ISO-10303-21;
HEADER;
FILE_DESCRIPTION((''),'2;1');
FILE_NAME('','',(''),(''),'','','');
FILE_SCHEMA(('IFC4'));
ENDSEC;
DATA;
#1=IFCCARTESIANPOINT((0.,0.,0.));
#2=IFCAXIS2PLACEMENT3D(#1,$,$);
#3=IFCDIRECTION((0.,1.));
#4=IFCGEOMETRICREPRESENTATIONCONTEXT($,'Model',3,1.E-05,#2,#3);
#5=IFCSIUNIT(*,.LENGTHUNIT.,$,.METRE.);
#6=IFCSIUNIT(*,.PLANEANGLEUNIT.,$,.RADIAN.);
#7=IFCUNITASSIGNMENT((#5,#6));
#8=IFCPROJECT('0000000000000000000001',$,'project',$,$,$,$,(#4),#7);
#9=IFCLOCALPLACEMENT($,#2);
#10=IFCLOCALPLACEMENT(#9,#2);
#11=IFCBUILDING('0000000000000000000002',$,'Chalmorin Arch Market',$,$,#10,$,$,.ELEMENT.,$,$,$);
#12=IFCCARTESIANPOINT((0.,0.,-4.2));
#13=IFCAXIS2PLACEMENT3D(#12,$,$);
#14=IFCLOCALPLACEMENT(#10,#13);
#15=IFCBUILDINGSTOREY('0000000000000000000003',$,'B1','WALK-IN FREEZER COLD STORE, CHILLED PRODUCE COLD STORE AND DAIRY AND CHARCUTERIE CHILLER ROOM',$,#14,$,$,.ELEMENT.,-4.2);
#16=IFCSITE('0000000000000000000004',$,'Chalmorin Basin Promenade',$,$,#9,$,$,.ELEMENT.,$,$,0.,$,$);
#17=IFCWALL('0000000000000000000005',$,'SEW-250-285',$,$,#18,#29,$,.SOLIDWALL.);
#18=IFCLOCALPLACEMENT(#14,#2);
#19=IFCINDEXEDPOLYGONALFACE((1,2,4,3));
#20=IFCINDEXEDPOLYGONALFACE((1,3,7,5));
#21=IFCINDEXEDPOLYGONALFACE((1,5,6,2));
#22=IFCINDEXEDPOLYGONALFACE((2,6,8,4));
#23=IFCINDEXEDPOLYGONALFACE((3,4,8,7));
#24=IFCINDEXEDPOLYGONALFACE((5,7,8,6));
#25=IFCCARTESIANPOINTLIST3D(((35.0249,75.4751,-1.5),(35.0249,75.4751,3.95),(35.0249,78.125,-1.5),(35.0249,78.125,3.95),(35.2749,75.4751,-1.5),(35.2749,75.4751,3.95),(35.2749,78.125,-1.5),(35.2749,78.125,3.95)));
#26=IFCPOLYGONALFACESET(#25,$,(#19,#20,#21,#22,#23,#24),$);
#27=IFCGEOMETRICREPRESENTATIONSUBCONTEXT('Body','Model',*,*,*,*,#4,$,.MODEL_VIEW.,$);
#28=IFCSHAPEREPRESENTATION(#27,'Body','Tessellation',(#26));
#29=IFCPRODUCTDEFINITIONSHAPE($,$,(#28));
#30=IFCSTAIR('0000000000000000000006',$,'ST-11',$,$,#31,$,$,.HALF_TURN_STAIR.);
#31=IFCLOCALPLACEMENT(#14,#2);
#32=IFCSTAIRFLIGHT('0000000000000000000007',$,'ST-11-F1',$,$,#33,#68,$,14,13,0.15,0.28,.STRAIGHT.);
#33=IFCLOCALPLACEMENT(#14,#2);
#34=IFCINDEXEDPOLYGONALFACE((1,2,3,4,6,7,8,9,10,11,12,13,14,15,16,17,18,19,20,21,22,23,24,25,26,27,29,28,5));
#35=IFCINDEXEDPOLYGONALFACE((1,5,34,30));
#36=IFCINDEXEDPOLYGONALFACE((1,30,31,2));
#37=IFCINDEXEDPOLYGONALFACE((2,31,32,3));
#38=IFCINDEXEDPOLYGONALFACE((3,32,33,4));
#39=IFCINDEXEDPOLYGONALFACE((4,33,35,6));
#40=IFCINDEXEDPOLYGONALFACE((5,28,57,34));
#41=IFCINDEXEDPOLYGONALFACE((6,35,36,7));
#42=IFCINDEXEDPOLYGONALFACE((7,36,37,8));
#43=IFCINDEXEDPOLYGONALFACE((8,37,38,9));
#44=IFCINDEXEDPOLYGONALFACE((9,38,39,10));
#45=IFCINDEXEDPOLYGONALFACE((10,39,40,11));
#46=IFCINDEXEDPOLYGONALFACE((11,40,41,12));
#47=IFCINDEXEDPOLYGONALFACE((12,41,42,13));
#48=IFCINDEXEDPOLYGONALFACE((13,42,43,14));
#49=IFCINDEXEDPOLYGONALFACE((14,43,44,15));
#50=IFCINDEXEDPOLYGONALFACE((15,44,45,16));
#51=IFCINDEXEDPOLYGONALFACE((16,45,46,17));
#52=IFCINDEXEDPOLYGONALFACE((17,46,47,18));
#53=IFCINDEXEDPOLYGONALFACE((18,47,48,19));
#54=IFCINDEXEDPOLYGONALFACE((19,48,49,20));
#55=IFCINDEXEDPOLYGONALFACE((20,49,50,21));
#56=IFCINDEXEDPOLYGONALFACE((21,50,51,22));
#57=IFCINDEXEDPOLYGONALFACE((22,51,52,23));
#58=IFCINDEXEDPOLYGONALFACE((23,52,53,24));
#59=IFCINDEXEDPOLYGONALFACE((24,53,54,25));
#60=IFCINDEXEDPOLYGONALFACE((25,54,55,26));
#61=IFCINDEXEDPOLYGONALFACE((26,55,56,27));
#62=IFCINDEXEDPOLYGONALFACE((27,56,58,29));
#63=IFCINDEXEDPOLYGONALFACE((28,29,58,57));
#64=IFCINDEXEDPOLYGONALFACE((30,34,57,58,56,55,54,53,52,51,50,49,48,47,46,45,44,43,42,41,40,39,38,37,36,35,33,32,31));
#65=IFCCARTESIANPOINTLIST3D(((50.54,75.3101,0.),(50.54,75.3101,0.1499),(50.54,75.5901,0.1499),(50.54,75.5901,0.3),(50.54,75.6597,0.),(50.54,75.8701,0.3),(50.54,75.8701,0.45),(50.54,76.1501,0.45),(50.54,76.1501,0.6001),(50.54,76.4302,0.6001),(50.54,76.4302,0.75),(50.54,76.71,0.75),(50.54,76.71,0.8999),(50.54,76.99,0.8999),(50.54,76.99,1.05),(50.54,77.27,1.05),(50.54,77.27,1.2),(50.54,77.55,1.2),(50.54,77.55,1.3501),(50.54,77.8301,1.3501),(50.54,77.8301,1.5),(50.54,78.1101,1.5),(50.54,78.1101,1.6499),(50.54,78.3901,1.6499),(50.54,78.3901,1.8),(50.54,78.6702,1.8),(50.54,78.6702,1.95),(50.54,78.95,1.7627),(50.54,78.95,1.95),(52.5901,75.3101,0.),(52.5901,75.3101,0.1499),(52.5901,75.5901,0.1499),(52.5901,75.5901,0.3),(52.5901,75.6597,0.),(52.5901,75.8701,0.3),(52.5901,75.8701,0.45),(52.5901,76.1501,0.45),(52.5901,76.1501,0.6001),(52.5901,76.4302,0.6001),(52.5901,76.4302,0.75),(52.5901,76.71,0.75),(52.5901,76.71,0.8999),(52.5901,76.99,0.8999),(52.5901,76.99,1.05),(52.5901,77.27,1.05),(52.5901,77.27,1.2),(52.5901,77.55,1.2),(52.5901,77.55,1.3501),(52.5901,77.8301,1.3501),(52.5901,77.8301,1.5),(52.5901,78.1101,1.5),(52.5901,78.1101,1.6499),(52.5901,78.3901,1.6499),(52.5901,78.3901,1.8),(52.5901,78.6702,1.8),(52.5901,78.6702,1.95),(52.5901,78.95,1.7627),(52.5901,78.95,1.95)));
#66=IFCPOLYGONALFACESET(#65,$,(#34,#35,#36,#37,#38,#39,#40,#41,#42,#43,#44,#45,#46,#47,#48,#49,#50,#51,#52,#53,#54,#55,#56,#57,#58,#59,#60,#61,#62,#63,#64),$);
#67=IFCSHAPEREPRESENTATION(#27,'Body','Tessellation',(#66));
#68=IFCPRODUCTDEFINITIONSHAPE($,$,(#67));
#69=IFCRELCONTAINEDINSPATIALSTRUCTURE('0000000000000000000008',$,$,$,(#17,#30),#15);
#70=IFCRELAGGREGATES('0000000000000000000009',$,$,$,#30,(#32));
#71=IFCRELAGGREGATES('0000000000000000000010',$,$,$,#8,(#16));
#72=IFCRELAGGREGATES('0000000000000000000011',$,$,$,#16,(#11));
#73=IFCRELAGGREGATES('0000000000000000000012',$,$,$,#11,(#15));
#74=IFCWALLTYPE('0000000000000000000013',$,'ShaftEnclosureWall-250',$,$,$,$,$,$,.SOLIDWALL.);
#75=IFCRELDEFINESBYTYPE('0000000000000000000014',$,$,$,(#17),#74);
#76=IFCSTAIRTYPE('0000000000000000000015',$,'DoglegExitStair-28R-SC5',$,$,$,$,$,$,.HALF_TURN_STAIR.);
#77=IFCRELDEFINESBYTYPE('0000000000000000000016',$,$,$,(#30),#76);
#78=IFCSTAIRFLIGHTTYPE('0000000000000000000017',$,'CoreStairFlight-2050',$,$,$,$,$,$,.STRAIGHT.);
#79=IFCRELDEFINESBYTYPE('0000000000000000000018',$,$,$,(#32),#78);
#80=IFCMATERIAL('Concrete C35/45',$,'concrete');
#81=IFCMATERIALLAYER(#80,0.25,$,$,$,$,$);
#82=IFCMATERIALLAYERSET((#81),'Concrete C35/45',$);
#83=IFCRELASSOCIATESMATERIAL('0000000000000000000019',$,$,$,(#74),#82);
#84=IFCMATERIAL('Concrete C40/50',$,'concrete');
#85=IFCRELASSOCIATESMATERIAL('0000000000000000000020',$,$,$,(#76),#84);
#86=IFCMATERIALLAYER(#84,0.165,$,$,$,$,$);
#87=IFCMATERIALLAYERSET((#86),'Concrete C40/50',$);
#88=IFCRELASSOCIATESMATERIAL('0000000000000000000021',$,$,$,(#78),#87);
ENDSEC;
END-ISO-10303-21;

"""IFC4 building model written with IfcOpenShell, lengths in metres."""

from ifc_helpers import new_model, si_unit, direction, frame, frame_2d, origin, place, context, subcontext, project, spatial, polyline, rectangle, outline, extrude, material, layer, layer_set, type_object, element, aggregate, save


model = new_model("IFC4")

# Units and contexts
model_context = context("Model", 3, precision=1e-05, world=origin(), true_north=direction((0.0, 1.0)))
body_context = subcontext(model_context, "Body", "Model", "MODEL_VIEW")
ifc_project = project(units=[si_unit("LENGTHUNIT", "METRE"), si_unit("PLANEANGLEUNIT", "RADIAN")], contexts=[model_context])

# Site, building, storey
site_placement = place(None, origin())
site = spatial("IfcSite", under=ifc_project, at=site_placement, Name="Chalmorin Basin Promenade", CompositionType="ELEMENT", RefElevation=0.0)
building_placement = place(site_placement, origin())
building = spatial("IfcBuilding", under=site, at=building_placement, Name="Chalmorin Arch Market", CompositionType="ELEMENT")
storey_placement = place(building_placement, frame((0.0, 0.0, -4.2)))
storey = spatial("IfcBuildingStorey", under=building, at=storey_placement, Name="B1", Description="WALK-IN FREEZER COLD STORE, CHILLED PRODUCE COLD STORE AND DAIRY AND CHARCUTERIE CHILLER ROOM", CompositionType="ELEMENT", Elevation=-4.2)

# Shared definitions
ifc_material_1 = material(Name="Concrete C40/50", Category="concrete")

# Wall
ifc_material_2 = material(Name="Concrete C35/45", Category="concrete")
ifc_layer_1 = layer(ifc_material_2, 0.25)
ifc_layer_set_1 = layer_set([ifc_layer_1], Name="Concrete C35/45")
wall_type_1 = type_object("IfcWallType", Name="ShaftEnclosureWall-250", PredefinedType="SOLIDWALL", material=ifc_layer_set_1)
wall_1_placement = place(storey_placement, frame((35.1499, 78.125, -1.5), z_axis=(0.0, 0.0, 1.0), x_axis=(0.0, -1.0, 0.0)))
element("IfcWall", 1, at=wall_1_placement, inside=storey, type_object=wall_type_1, Name="SEW-250-285", PredefinedType="SOLIDWALL", context=body_context, shape_type="SweptSolid", body=[
    extrude(rectangle(XDim=2.6499, YDim=0.25, at=frame_2d((1.325, 0.0))), origin(), (0.0, 0.0, 1.0), 5.45),
])

# Stair, stair flight
stair_type = type_object("IfcStairType", Name="DoglegExitStair-28R-SC5", PredefinedType="HALF_TURN_STAIR", material=ifc_material_1)
stair_placement = place(storey_placement, origin())
stair = element("IfcStair", 2, at=stair_placement, inside=storey, type_object=stair_type, Name="ST-11", PredefinedType="HALF_TURN_STAIR")
ifc_layer_2 = layer(ifc_material_1, 0.165)
ifc_layer_set_2 = layer_set([ifc_layer_2], Name="Concrete C40/50")
stair_flight_type = type_object("IfcStairFlightType", Name="CoreStairFlight-2050", PredefinedType="STRAIGHT", material=ifc_layer_set_2)
stair_flight_placement = place(storey_placement, frame((51.5649, 75.3101, 0.0), z_axis=(0.0, 0.0, 1.0), x_axis=(0.0, 1.0, 0.0)))
stair_flight = element("IfcStairFlight", 3, at=stair_flight_placement, type_object=stair_flight_type, Name="ST-11-F1", NumberOfRisers=14, NumberOfTreads=13, PredefinedType="STRAIGHT", RiserHeight=0.15, TreadLength=0.28, context=body_context, shape_type="SweptSolid", body=[
    extrude(outline(polyline([(0.0, 0.0), (0.0, 0.1499), (0.28, 0.1499), (0.28, 0.3), (0.5601, 0.3), (0.5601, 0.45), (0.8401, 0.45), (0.8401, 0.6001), (1.1201, 0.6001), (1.1201, 0.75), (1.3999, 0.75), (1.3999, 0.8999), (1.6799, 0.8999), (1.6799, 1.05), (1.96, 1.05), (1.96, 1.2), (2.24, 1.2), (2.24, 1.3501), (2.52, 1.3501), (2.52, 1.5), (2.8, 1.5), (2.8, 1.6499), (3.0801, 1.6499), (3.0801, 1.8), (3.3601, 1.8), (3.3601, 1.95), (3.6399, 1.95), (3.6399, 2.1001), (3.6399, 1.7627), (0.3496, 0.0), (0.0, 0.0)])), frame((0.0, 1.0249, 0.0), z_axis=(0.0, -1.0, 0.0), x_axis=(1.0, 0.0, 0.0)), (0.0, 0.0, 1.0), 2.05),
])
aggregate(stair, [stair_flight])

save(model, "model.ifc")
